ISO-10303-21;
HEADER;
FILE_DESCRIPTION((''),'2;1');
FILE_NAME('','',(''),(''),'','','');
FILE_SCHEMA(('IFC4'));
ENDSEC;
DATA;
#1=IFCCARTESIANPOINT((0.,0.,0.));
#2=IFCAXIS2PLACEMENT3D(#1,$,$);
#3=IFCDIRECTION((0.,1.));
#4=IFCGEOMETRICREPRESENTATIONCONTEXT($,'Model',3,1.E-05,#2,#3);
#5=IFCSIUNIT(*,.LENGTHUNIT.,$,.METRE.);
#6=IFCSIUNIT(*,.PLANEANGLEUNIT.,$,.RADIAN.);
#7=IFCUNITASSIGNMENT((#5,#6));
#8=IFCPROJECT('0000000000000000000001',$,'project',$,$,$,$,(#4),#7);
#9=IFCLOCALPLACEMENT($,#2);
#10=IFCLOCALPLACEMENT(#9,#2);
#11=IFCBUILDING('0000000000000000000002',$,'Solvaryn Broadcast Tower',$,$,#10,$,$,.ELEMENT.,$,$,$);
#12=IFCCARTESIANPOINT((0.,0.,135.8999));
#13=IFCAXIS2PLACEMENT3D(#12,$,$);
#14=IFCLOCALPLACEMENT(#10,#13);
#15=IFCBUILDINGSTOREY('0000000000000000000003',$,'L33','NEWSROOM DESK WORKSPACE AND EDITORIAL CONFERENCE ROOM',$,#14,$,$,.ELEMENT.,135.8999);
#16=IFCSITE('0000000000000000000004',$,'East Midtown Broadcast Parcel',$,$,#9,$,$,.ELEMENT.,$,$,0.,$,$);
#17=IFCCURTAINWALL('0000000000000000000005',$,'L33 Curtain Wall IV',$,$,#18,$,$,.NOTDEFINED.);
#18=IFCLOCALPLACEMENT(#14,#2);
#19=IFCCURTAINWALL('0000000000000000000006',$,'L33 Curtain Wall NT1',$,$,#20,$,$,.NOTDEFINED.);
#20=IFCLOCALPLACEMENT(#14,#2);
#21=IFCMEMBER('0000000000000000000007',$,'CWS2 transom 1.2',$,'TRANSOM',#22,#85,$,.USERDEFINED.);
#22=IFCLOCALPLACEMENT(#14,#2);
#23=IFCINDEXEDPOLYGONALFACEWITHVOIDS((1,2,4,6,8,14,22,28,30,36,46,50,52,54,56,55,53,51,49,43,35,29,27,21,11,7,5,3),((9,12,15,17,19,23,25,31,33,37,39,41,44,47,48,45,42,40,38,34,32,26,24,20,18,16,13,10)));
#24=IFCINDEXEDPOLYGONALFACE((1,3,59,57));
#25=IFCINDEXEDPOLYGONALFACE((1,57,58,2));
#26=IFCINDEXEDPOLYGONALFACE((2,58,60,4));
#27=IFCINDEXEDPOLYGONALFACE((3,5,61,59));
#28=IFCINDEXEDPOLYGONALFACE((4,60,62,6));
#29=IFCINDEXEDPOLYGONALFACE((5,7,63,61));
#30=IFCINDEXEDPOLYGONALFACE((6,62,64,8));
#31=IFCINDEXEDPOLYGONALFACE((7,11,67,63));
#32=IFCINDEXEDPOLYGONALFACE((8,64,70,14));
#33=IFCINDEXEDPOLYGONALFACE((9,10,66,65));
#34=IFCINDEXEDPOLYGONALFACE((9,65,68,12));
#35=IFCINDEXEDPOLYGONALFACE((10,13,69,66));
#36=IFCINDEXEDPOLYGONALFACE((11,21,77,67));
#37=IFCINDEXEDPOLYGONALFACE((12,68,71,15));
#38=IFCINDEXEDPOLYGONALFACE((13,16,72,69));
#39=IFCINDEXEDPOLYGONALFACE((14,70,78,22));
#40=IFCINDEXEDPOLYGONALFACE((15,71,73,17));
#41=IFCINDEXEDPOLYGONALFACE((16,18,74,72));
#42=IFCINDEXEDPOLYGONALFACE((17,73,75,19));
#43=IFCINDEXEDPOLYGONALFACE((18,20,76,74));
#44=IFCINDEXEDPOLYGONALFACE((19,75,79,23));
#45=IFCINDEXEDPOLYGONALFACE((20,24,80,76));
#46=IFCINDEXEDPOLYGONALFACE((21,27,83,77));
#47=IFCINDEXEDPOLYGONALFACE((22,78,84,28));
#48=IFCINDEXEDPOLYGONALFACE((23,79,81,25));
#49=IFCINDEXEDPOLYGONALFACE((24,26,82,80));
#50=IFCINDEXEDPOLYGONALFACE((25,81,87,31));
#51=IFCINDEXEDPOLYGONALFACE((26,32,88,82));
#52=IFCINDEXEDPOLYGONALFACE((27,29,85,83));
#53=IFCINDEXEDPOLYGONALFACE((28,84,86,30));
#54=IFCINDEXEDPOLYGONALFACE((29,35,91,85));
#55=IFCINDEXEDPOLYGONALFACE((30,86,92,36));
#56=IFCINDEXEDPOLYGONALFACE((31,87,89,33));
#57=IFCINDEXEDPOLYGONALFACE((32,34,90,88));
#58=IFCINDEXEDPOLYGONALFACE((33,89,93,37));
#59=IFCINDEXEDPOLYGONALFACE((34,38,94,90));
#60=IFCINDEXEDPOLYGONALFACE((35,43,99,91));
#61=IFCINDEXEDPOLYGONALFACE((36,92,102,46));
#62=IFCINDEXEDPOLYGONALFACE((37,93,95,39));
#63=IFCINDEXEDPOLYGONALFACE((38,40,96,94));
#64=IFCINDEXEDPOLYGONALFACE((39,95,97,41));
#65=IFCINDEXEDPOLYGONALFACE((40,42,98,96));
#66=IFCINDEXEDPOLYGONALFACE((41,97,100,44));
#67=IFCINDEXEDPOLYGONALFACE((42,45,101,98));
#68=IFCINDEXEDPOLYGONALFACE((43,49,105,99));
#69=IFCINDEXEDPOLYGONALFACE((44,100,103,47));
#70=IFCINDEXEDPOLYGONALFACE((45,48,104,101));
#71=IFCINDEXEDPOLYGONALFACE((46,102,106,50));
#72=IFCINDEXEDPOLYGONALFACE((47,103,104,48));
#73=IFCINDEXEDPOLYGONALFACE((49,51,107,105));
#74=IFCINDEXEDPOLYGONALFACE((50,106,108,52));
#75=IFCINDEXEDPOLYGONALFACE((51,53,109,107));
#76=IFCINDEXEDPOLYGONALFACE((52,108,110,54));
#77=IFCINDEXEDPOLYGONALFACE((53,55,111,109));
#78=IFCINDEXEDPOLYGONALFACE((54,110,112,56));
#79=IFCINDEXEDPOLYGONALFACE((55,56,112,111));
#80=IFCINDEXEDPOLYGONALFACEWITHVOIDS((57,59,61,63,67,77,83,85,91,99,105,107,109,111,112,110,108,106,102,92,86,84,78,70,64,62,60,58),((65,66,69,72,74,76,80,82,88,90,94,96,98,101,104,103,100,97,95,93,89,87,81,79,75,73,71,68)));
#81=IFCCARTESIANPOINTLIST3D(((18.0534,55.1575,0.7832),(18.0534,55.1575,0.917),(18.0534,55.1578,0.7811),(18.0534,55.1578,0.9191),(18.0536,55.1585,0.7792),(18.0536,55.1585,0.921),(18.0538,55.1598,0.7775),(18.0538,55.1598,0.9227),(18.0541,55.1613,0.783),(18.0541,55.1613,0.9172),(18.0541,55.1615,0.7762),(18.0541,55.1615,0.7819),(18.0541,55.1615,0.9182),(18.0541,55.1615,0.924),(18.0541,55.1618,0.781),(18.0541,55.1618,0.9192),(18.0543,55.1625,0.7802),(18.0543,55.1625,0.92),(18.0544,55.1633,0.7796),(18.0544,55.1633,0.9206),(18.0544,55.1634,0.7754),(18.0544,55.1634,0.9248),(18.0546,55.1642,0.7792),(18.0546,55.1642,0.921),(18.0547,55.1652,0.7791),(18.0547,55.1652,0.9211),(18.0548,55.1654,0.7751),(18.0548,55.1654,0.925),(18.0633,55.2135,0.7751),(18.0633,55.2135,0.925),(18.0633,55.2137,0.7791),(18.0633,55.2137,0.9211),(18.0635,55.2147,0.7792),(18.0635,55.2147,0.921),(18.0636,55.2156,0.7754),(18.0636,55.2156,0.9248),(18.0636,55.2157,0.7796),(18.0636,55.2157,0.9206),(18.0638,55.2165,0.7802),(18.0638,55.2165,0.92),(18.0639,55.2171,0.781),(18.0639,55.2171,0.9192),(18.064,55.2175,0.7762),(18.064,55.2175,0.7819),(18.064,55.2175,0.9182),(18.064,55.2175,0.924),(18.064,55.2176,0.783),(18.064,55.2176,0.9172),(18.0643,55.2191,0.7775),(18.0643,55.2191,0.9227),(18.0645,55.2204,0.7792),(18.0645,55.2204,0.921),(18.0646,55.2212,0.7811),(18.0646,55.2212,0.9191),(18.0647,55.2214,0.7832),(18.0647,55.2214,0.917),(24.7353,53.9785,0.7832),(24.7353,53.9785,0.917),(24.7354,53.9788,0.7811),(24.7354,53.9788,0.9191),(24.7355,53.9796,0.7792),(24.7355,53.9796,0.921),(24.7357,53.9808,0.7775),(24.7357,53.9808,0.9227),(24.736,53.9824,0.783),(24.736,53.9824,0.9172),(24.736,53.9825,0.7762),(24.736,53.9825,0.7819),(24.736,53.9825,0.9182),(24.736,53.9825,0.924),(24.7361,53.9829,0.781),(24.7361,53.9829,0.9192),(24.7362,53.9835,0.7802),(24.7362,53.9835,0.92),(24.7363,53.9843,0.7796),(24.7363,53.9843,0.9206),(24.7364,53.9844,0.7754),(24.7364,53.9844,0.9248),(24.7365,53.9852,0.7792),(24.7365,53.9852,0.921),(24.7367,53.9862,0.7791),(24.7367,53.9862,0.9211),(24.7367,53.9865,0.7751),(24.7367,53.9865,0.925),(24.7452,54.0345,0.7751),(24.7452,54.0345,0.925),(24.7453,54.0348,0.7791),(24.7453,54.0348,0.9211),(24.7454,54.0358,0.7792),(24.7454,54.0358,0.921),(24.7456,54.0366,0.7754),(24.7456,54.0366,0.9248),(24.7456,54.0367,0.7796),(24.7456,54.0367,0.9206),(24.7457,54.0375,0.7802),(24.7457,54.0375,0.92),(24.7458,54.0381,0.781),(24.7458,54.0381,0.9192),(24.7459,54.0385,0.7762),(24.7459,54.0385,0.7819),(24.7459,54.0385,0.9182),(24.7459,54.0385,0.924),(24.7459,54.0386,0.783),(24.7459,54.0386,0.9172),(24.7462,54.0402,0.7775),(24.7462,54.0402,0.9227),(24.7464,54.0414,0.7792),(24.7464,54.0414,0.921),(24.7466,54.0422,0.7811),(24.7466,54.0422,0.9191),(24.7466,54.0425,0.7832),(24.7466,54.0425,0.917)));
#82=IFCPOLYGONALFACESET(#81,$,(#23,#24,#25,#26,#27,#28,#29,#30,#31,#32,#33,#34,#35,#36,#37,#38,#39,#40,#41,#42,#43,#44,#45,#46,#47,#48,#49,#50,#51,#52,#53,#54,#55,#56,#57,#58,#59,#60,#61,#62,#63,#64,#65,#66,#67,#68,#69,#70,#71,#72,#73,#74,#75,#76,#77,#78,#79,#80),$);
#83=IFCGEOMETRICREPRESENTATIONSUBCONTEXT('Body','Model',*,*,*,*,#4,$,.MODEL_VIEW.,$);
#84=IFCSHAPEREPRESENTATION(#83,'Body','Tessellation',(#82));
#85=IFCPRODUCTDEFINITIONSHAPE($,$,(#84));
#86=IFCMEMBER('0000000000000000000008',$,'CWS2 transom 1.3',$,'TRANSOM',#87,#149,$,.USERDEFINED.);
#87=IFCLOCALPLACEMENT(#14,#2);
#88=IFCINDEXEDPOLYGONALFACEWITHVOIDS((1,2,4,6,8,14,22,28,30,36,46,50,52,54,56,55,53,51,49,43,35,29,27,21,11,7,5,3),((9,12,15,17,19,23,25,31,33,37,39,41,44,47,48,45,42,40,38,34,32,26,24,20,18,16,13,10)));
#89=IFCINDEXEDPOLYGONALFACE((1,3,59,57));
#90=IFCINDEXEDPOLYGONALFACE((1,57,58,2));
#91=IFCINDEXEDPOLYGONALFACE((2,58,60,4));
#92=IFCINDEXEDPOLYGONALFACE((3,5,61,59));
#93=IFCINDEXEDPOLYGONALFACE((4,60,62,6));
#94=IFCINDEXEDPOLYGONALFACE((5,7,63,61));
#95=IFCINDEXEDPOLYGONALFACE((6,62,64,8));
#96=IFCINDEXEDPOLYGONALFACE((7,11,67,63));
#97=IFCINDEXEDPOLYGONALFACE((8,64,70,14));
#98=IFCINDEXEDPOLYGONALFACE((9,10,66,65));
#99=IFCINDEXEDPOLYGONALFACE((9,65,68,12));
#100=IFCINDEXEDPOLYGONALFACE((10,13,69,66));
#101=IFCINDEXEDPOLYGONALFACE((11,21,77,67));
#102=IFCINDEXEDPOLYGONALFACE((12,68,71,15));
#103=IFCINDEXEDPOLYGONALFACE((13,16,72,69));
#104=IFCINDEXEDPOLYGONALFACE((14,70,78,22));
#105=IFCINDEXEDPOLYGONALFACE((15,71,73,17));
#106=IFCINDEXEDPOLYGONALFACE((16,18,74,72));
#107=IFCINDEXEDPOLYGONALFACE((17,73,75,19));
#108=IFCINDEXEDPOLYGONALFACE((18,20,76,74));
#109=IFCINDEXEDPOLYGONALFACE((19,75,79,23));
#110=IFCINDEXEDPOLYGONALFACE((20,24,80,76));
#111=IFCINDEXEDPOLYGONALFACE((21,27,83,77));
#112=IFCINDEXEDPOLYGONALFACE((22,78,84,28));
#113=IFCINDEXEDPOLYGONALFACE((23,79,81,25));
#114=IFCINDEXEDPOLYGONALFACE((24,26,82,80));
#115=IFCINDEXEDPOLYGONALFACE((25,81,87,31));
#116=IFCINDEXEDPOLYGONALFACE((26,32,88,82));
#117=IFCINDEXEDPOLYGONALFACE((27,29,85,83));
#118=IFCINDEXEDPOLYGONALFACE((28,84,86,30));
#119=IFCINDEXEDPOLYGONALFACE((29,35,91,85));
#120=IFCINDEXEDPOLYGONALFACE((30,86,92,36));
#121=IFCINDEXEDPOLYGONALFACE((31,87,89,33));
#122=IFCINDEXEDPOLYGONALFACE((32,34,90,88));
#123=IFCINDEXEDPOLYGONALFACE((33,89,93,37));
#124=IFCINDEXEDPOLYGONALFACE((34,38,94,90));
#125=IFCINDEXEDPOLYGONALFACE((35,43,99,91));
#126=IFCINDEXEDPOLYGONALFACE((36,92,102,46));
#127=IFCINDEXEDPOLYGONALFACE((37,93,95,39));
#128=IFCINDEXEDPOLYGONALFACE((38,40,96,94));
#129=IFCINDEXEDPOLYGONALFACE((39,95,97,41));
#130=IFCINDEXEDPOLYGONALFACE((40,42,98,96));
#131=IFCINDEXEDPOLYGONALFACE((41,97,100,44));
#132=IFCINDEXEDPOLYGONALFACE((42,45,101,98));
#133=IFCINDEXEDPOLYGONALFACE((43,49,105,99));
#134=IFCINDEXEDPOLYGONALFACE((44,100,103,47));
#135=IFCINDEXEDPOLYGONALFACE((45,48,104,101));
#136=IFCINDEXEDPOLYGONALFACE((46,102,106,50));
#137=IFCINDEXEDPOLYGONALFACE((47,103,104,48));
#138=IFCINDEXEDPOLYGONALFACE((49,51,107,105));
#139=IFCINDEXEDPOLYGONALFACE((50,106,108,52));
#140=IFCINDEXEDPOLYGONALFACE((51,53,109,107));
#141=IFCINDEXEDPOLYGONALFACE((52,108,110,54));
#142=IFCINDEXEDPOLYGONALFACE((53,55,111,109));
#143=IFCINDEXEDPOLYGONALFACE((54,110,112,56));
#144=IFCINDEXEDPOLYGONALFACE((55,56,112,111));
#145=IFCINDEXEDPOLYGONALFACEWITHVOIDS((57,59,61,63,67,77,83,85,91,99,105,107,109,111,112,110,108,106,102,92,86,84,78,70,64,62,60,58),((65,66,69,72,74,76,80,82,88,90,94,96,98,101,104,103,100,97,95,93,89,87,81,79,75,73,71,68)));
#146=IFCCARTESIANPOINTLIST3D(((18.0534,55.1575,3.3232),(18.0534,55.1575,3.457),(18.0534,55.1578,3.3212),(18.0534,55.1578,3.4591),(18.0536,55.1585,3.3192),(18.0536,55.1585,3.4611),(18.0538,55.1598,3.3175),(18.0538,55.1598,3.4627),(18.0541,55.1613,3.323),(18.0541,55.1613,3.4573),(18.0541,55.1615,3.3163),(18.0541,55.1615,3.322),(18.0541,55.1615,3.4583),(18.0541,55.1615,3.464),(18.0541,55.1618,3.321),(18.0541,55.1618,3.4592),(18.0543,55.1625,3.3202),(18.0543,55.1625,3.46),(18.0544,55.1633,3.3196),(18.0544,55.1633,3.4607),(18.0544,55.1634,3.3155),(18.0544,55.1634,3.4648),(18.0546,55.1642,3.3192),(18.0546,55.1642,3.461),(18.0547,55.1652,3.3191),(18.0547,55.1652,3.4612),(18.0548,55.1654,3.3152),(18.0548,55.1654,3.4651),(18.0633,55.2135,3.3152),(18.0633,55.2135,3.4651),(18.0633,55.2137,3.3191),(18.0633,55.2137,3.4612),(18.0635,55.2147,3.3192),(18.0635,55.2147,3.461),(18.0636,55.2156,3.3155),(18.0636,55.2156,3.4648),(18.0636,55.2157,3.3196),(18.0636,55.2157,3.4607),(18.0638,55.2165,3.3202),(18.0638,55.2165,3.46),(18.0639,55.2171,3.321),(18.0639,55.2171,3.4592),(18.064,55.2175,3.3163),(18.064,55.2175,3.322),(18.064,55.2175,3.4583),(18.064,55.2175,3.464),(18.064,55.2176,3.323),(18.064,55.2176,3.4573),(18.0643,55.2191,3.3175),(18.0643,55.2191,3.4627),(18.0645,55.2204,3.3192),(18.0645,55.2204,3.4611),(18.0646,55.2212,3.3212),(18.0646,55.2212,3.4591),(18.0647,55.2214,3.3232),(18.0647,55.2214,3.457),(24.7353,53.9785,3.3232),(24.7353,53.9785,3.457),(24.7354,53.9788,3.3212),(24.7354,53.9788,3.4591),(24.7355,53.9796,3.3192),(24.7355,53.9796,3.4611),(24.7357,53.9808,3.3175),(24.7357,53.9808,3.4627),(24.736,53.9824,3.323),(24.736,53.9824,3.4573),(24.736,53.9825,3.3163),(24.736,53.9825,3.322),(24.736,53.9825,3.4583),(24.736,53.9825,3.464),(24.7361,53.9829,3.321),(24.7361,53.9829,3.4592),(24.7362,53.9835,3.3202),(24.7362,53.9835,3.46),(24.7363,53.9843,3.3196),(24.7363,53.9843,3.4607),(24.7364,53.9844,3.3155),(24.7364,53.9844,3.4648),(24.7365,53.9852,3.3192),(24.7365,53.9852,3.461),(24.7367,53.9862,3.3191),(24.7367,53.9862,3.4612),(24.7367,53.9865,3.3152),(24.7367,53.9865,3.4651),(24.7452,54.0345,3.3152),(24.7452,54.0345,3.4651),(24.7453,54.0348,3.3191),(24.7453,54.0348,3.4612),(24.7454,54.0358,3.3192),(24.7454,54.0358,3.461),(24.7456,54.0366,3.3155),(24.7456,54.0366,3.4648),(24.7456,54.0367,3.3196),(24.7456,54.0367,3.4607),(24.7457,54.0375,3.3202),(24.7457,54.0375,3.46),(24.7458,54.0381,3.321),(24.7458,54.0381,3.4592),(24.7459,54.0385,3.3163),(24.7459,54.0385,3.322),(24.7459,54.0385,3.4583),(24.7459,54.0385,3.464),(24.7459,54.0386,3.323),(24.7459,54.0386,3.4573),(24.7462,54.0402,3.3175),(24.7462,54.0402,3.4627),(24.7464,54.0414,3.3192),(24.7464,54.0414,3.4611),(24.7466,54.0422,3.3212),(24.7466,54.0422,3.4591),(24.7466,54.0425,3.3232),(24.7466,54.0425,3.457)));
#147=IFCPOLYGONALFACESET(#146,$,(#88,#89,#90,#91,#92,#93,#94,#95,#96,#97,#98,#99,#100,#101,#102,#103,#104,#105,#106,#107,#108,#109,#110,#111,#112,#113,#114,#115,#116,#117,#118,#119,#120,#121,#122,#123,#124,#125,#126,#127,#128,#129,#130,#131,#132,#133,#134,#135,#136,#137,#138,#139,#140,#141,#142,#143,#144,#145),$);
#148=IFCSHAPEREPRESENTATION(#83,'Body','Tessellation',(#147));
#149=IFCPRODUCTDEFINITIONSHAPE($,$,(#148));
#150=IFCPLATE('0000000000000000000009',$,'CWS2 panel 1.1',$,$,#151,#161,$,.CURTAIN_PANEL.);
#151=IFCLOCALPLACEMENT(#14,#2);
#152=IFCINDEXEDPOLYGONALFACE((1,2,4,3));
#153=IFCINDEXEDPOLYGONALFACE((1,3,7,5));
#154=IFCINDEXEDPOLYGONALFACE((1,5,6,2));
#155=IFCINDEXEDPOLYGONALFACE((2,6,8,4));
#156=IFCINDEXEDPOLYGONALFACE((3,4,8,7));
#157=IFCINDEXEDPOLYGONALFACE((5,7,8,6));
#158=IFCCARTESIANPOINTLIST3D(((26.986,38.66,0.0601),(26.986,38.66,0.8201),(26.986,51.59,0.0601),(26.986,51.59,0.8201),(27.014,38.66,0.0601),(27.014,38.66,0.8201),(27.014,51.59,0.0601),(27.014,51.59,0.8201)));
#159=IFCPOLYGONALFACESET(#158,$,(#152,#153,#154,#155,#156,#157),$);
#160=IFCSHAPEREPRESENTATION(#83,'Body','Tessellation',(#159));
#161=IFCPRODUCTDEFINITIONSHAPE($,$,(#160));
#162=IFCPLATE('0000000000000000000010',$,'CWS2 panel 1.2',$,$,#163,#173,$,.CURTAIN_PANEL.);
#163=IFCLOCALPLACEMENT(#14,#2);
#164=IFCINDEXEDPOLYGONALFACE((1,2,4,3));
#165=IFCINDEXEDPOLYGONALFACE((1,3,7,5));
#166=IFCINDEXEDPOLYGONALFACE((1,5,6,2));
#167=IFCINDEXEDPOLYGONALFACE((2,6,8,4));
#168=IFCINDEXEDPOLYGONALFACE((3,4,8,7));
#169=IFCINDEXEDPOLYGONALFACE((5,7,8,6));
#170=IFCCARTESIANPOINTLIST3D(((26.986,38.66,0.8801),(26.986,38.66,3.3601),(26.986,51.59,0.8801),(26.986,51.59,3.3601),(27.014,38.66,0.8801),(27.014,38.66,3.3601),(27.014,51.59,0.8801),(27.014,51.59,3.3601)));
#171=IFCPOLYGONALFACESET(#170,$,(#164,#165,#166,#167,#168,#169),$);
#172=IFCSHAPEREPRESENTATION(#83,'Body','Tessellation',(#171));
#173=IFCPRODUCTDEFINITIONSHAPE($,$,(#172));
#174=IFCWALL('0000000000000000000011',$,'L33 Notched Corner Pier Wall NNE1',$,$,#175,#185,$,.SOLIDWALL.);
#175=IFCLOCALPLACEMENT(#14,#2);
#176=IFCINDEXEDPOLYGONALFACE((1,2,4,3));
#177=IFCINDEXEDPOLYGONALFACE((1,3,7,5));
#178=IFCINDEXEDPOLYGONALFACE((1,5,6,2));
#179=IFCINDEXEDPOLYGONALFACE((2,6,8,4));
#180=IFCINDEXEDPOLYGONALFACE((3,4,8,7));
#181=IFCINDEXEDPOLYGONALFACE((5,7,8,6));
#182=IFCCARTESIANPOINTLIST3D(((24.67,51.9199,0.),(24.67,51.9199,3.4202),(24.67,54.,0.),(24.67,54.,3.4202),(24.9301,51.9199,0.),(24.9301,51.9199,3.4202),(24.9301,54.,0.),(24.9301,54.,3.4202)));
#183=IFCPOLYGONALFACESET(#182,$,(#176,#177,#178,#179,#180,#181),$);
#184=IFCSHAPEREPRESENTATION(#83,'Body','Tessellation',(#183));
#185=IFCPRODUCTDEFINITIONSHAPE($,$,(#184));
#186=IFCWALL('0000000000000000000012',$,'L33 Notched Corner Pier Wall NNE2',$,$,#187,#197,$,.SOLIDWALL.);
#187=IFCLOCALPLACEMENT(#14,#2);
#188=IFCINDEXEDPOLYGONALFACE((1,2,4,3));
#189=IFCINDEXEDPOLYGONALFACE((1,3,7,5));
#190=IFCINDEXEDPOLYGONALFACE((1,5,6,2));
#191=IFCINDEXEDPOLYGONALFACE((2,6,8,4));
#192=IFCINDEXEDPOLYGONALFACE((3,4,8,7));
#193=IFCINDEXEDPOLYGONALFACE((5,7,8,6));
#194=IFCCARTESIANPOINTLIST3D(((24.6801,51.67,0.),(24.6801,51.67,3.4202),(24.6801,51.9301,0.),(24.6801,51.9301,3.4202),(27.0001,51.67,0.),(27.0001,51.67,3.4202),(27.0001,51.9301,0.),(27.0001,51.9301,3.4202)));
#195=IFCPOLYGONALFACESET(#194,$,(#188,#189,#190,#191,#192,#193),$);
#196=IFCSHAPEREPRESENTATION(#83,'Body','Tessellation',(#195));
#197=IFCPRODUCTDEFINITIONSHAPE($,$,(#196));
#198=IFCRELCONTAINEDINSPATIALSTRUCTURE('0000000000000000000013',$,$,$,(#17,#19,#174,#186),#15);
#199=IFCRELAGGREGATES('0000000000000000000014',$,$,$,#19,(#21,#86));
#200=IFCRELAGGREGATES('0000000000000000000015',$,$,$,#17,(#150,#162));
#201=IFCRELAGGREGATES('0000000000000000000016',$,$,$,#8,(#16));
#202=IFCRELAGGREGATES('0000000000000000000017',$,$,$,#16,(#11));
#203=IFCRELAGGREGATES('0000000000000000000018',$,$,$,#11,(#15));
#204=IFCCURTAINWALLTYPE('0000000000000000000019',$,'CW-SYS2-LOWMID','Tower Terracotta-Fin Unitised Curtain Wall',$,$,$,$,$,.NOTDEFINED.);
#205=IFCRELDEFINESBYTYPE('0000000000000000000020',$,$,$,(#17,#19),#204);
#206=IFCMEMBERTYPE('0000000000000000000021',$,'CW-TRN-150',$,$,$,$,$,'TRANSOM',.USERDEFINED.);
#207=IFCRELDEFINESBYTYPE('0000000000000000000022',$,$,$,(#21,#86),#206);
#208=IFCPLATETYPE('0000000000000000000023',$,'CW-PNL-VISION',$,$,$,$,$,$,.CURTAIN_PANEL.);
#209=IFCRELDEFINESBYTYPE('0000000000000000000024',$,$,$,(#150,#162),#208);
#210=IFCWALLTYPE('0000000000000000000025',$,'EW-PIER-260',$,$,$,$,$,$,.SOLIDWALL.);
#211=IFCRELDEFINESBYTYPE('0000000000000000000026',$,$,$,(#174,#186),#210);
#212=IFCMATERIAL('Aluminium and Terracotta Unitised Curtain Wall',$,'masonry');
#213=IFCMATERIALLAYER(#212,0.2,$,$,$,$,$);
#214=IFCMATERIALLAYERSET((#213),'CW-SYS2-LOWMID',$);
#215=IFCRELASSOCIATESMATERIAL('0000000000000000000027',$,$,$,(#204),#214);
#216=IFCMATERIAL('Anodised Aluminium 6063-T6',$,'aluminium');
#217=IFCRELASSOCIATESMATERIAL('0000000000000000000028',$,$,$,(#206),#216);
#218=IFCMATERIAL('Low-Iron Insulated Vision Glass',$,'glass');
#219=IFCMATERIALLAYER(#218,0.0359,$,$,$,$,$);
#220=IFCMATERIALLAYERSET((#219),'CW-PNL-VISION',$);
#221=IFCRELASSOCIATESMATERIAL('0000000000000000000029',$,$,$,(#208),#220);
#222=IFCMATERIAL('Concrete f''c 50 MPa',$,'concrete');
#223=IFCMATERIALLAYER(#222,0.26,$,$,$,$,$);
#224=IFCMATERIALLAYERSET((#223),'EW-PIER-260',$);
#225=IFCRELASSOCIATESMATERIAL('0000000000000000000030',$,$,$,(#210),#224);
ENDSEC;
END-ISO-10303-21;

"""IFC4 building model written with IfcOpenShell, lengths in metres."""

from ifc_helpers import new_model, si_unit, direction, frame, frame_2d, origin, origin_2d, place, context, subcontext, project, spatial, rectangle, hollow_rectangle, extrude, material, layer, layer_set, material_profile, profile_set, type_object, element, aggregate, save


model = new_model("IFC4")

# Units and contexts
model_context = context("Model", 3, precision=1e-05, world=origin(), true_north=direction((0.0, 1.0)))
body_context = subcontext(model_context, "Body", "Model", "MODEL_VIEW")
ifc_project = project(units=[si_unit("LENGTHUNIT", "METRE"), si_unit("PLANEANGLEUNIT", "RADIAN")], contexts=[model_context])

# Site, building, storey
site_placement = place(None, origin())
site = spatial("IfcSite", under=ifc_project, at=site_placement, Name="East Midtown Broadcast Parcel", CompositionType="ELEMENT", RefElevation=0.0)
building_placement = place(site_placement, origin())
building = spatial("IfcBuilding", under=site, at=building_placement, Name="Solvaryn Broadcast Tower", CompositionType="ELEMENT")
storey_placement = place(building_placement, frame((0.0, 0.0, 135.8999)))
storey = spatial("IfcBuildingStorey", under=building, at=storey_placement, Name="L33", Description="NEWSROOM DESK WORKSPACE AND EDITORIAL CONFERENCE ROOM", CompositionType="ELEMENT", Elevation=135.8999)

# Curtain wall
ifc_material_1 = material(Name="Aluminium and Terracotta Unitised Curtain Wall", Category="masonry")
ifc_layer_1 = layer(ifc_material_1, 0.2)
ifc_layer_set_1 = layer_set([ifc_layer_1], Name="CW-SYS2-LOWMID")
curtain_wall_type = type_object("IfcCurtainWallType", Name="CW-SYS2-LOWMID", Description="Tower Terracotta-Fin Unitised Curtain Wall", PredefinedType="NOTDEFINED", material=ifc_layer_set_1)
curtain_wall_1_placement = place(storey_placement, origin())
curtain_wall_1 = element("IfcCurtainWall", 1, at=curtain_wall_1_placement, inside=storey, type_object=curtain_wall_type, Name="L33 Curtain Wall IV", PredefinedType="NOTDEFINED")

# Curtain wall
curtain_wall_2_placement = place(storey_placement, origin())
curtain_wall_2 = element("IfcCurtainWall", 2, at=curtain_wall_2_placement, inside=storey, type_object=curtain_wall_type, Name="L33 Curtain Wall NT1", PredefinedType="NOTDEFINED")

# Members
ifc_material_2 = material(Name="Anodised Aluminium 6063-T6", Category="aluminium")
ifc_material_profile_1 = material_profile(ifc_material_2, hollow_rectangle(XDim=0.0649, YDim=0.1499, WallThickness=0.0039, InnerFilletRadius=0.0039, OuterFilletRadius=0.0081, at=origin_2d()))
ifc_profile_set_1 = profile_set([ifc_material_profile_1], Name="Anodised Aluminium 6063-T6")
member_type_1 = type_object("IfcMemberType", Name="CW-TRN-150", ElementType="TRANSOM", PredefinedType="USERDEFINED", material=ifc_profile_set_1)
member_1_placement = place(storey_placement, frame((24.741, 54.0105, 0.8501), z_axis=(-0.984789, 0.173757, 0.0), x_axis=(-0.173757, -0.984789, 0.0)))
member_1 = element("IfcMember", 3, at=member_1_placement, type_object=member_type_1, Name="CWS2 transom 1.2", ObjectType="TRANSOM", PredefinedType="USERDEFINED", context=body_context, shape_type="SweptSolid", body=[
    extrude(hollow_rectangle(XDim=0.0649, YDim=0.1499, WallThickness=0.0039, InnerFilletRadius=0.0039, OuterFilletRadius=0.0081, at=origin_2d()), origin(), (0.0, 0.0, 1.0), 6.7852),
])
member_2_placement = place(storey_placement, frame((24.741, 54.0105, 3.3901), z_axis=(-0.984789, 0.173757, 0.0), x_axis=(-0.173757, -0.984789, 0.0)))
member_2 = element("IfcMember", 4, at=member_2_placement, type_object=member_type_1, Name="CWS2 transom 1.3", ObjectType="TRANSOM", PredefinedType="USERDEFINED", context=body_context, shape_type="SweptSolid", body=[
    extrude(hollow_rectangle(XDim=0.0649, YDim=0.1499, WallThickness=0.0039, InnerFilletRadius=0.0039, OuterFilletRadius=0.0081, at=origin_2d()), origin(), (0.0, 0.0, 1.0), 6.7852),
])
aggregate(curtain_wall_2, [member_1, member_2])

# Plates
ifc_material_3 = material(Name="Low-Iron Insulated Vision Glass", Category="glass")
ifc_layer_2 = layer(ifc_material_3, 0.0359)
ifc_layer_set_2 = layer_set([ifc_layer_2], Name="CW-PNL-VISION")
plate_type = type_object("IfcPlateType", Name="CW-PNL-VISION", PredefinedType="CURTAIN_PANEL", material=ifc_layer_set_2)
plate_1_placement = place(storey_placement, frame((27.0, 45.125, 0.0601), z_axis=(0.0, 0.0, 1.0), x_axis=(0.0, -1.0, 0.0)))
plate_1 = element("IfcPlate", 5, at=plate_1_placement, type_object=plate_type, Name="CWS2 panel 1.1", PredefinedType="CURTAIN_PANEL", context=body_context, shape_type="SweptSolid", body=[
    extrude(rectangle(XDim=12.9299, YDim=0.0281, at=origin_2d()), origin(), (0.0, 0.0, 1.0), 0.76),
])
plate_2_placement = place(storey_placement, frame((27.0, 45.125, 0.8801), z_axis=(0.0, 0.0, 1.0), x_axis=(0.0, -1.0, 0.0)))
plate_2 = element("IfcPlate", 6, at=plate_2_placement, type_object=plate_type, Name="CWS2 panel 1.2", PredefinedType="CURTAIN_PANEL", context=body_context, shape_type="SweptSolid", body=[
    extrude(rectangle(XDim=12.9299, YDim=0.0281, at=origin_2d()), origin(), (0.0, 0.0, 1.0), 2.48),
])
aggregate(curtain_wall_1, [plate_1, plate_2])

# Walls
ifc_material_4 = material(Name="Concrete f'c 50 MPa", Category="concrete")
ifc_layer_3 = layer(ifc_material_4, 0.26)
ifc_layer_set_3 = layer_set([ifc_layer_3], Name="EW-PIER-260")
wall_type_1 = type_object("IfcWallType", Name="EW-PIER-260", PredefinedType="SOLIDWALL", material=ifc_layer_set_3)
wall_1_placement = place(storey_placement, frame((24.8, 54.0, 0.0), z_axis=(0.0, 0.0, 1.0), x_axis=(0.0, -1.0, 0.0)))
element("IfcWall", 7, at=wall_1_placement, inside=storey, type_object=wall_type_1, Name="L33 Notched Corner Pier Wall NNE1", PredefinedType="SOLIDWALL", context=body_context, shape_type="SweptSolid", body=[
    extrude(rectangle(XDim=2.0801, YDim=0.26, at=frame_2d((1.04, 0.0))), origin(), (0.0, 0.0, 1.0), 3.4202),
])
wall_2_placement = place(storey_placement, frame((24.6799, 51.8, 0.0), z_axis=(0.0, 0.0, 1.0), x_axis=(1.0, 0.0, 0.0)))
element("IfcWall", 8, at=wall_2_placement, inside=storey, type_object=wall_type_1, Name="L33 Notched Corner Pier Wall NNE2", PredefinedType="SOLIDWALL", context=body_context, shape_type="SweptSolid", body=[
    extrude(rectangle(XDim=2.3201, YDim=0.26, at=frame_2d((1.1602, 0.0))), origin(), (0.0, 0.0, 1.0), 3.4202),
])

save(model, "model.ifc")
